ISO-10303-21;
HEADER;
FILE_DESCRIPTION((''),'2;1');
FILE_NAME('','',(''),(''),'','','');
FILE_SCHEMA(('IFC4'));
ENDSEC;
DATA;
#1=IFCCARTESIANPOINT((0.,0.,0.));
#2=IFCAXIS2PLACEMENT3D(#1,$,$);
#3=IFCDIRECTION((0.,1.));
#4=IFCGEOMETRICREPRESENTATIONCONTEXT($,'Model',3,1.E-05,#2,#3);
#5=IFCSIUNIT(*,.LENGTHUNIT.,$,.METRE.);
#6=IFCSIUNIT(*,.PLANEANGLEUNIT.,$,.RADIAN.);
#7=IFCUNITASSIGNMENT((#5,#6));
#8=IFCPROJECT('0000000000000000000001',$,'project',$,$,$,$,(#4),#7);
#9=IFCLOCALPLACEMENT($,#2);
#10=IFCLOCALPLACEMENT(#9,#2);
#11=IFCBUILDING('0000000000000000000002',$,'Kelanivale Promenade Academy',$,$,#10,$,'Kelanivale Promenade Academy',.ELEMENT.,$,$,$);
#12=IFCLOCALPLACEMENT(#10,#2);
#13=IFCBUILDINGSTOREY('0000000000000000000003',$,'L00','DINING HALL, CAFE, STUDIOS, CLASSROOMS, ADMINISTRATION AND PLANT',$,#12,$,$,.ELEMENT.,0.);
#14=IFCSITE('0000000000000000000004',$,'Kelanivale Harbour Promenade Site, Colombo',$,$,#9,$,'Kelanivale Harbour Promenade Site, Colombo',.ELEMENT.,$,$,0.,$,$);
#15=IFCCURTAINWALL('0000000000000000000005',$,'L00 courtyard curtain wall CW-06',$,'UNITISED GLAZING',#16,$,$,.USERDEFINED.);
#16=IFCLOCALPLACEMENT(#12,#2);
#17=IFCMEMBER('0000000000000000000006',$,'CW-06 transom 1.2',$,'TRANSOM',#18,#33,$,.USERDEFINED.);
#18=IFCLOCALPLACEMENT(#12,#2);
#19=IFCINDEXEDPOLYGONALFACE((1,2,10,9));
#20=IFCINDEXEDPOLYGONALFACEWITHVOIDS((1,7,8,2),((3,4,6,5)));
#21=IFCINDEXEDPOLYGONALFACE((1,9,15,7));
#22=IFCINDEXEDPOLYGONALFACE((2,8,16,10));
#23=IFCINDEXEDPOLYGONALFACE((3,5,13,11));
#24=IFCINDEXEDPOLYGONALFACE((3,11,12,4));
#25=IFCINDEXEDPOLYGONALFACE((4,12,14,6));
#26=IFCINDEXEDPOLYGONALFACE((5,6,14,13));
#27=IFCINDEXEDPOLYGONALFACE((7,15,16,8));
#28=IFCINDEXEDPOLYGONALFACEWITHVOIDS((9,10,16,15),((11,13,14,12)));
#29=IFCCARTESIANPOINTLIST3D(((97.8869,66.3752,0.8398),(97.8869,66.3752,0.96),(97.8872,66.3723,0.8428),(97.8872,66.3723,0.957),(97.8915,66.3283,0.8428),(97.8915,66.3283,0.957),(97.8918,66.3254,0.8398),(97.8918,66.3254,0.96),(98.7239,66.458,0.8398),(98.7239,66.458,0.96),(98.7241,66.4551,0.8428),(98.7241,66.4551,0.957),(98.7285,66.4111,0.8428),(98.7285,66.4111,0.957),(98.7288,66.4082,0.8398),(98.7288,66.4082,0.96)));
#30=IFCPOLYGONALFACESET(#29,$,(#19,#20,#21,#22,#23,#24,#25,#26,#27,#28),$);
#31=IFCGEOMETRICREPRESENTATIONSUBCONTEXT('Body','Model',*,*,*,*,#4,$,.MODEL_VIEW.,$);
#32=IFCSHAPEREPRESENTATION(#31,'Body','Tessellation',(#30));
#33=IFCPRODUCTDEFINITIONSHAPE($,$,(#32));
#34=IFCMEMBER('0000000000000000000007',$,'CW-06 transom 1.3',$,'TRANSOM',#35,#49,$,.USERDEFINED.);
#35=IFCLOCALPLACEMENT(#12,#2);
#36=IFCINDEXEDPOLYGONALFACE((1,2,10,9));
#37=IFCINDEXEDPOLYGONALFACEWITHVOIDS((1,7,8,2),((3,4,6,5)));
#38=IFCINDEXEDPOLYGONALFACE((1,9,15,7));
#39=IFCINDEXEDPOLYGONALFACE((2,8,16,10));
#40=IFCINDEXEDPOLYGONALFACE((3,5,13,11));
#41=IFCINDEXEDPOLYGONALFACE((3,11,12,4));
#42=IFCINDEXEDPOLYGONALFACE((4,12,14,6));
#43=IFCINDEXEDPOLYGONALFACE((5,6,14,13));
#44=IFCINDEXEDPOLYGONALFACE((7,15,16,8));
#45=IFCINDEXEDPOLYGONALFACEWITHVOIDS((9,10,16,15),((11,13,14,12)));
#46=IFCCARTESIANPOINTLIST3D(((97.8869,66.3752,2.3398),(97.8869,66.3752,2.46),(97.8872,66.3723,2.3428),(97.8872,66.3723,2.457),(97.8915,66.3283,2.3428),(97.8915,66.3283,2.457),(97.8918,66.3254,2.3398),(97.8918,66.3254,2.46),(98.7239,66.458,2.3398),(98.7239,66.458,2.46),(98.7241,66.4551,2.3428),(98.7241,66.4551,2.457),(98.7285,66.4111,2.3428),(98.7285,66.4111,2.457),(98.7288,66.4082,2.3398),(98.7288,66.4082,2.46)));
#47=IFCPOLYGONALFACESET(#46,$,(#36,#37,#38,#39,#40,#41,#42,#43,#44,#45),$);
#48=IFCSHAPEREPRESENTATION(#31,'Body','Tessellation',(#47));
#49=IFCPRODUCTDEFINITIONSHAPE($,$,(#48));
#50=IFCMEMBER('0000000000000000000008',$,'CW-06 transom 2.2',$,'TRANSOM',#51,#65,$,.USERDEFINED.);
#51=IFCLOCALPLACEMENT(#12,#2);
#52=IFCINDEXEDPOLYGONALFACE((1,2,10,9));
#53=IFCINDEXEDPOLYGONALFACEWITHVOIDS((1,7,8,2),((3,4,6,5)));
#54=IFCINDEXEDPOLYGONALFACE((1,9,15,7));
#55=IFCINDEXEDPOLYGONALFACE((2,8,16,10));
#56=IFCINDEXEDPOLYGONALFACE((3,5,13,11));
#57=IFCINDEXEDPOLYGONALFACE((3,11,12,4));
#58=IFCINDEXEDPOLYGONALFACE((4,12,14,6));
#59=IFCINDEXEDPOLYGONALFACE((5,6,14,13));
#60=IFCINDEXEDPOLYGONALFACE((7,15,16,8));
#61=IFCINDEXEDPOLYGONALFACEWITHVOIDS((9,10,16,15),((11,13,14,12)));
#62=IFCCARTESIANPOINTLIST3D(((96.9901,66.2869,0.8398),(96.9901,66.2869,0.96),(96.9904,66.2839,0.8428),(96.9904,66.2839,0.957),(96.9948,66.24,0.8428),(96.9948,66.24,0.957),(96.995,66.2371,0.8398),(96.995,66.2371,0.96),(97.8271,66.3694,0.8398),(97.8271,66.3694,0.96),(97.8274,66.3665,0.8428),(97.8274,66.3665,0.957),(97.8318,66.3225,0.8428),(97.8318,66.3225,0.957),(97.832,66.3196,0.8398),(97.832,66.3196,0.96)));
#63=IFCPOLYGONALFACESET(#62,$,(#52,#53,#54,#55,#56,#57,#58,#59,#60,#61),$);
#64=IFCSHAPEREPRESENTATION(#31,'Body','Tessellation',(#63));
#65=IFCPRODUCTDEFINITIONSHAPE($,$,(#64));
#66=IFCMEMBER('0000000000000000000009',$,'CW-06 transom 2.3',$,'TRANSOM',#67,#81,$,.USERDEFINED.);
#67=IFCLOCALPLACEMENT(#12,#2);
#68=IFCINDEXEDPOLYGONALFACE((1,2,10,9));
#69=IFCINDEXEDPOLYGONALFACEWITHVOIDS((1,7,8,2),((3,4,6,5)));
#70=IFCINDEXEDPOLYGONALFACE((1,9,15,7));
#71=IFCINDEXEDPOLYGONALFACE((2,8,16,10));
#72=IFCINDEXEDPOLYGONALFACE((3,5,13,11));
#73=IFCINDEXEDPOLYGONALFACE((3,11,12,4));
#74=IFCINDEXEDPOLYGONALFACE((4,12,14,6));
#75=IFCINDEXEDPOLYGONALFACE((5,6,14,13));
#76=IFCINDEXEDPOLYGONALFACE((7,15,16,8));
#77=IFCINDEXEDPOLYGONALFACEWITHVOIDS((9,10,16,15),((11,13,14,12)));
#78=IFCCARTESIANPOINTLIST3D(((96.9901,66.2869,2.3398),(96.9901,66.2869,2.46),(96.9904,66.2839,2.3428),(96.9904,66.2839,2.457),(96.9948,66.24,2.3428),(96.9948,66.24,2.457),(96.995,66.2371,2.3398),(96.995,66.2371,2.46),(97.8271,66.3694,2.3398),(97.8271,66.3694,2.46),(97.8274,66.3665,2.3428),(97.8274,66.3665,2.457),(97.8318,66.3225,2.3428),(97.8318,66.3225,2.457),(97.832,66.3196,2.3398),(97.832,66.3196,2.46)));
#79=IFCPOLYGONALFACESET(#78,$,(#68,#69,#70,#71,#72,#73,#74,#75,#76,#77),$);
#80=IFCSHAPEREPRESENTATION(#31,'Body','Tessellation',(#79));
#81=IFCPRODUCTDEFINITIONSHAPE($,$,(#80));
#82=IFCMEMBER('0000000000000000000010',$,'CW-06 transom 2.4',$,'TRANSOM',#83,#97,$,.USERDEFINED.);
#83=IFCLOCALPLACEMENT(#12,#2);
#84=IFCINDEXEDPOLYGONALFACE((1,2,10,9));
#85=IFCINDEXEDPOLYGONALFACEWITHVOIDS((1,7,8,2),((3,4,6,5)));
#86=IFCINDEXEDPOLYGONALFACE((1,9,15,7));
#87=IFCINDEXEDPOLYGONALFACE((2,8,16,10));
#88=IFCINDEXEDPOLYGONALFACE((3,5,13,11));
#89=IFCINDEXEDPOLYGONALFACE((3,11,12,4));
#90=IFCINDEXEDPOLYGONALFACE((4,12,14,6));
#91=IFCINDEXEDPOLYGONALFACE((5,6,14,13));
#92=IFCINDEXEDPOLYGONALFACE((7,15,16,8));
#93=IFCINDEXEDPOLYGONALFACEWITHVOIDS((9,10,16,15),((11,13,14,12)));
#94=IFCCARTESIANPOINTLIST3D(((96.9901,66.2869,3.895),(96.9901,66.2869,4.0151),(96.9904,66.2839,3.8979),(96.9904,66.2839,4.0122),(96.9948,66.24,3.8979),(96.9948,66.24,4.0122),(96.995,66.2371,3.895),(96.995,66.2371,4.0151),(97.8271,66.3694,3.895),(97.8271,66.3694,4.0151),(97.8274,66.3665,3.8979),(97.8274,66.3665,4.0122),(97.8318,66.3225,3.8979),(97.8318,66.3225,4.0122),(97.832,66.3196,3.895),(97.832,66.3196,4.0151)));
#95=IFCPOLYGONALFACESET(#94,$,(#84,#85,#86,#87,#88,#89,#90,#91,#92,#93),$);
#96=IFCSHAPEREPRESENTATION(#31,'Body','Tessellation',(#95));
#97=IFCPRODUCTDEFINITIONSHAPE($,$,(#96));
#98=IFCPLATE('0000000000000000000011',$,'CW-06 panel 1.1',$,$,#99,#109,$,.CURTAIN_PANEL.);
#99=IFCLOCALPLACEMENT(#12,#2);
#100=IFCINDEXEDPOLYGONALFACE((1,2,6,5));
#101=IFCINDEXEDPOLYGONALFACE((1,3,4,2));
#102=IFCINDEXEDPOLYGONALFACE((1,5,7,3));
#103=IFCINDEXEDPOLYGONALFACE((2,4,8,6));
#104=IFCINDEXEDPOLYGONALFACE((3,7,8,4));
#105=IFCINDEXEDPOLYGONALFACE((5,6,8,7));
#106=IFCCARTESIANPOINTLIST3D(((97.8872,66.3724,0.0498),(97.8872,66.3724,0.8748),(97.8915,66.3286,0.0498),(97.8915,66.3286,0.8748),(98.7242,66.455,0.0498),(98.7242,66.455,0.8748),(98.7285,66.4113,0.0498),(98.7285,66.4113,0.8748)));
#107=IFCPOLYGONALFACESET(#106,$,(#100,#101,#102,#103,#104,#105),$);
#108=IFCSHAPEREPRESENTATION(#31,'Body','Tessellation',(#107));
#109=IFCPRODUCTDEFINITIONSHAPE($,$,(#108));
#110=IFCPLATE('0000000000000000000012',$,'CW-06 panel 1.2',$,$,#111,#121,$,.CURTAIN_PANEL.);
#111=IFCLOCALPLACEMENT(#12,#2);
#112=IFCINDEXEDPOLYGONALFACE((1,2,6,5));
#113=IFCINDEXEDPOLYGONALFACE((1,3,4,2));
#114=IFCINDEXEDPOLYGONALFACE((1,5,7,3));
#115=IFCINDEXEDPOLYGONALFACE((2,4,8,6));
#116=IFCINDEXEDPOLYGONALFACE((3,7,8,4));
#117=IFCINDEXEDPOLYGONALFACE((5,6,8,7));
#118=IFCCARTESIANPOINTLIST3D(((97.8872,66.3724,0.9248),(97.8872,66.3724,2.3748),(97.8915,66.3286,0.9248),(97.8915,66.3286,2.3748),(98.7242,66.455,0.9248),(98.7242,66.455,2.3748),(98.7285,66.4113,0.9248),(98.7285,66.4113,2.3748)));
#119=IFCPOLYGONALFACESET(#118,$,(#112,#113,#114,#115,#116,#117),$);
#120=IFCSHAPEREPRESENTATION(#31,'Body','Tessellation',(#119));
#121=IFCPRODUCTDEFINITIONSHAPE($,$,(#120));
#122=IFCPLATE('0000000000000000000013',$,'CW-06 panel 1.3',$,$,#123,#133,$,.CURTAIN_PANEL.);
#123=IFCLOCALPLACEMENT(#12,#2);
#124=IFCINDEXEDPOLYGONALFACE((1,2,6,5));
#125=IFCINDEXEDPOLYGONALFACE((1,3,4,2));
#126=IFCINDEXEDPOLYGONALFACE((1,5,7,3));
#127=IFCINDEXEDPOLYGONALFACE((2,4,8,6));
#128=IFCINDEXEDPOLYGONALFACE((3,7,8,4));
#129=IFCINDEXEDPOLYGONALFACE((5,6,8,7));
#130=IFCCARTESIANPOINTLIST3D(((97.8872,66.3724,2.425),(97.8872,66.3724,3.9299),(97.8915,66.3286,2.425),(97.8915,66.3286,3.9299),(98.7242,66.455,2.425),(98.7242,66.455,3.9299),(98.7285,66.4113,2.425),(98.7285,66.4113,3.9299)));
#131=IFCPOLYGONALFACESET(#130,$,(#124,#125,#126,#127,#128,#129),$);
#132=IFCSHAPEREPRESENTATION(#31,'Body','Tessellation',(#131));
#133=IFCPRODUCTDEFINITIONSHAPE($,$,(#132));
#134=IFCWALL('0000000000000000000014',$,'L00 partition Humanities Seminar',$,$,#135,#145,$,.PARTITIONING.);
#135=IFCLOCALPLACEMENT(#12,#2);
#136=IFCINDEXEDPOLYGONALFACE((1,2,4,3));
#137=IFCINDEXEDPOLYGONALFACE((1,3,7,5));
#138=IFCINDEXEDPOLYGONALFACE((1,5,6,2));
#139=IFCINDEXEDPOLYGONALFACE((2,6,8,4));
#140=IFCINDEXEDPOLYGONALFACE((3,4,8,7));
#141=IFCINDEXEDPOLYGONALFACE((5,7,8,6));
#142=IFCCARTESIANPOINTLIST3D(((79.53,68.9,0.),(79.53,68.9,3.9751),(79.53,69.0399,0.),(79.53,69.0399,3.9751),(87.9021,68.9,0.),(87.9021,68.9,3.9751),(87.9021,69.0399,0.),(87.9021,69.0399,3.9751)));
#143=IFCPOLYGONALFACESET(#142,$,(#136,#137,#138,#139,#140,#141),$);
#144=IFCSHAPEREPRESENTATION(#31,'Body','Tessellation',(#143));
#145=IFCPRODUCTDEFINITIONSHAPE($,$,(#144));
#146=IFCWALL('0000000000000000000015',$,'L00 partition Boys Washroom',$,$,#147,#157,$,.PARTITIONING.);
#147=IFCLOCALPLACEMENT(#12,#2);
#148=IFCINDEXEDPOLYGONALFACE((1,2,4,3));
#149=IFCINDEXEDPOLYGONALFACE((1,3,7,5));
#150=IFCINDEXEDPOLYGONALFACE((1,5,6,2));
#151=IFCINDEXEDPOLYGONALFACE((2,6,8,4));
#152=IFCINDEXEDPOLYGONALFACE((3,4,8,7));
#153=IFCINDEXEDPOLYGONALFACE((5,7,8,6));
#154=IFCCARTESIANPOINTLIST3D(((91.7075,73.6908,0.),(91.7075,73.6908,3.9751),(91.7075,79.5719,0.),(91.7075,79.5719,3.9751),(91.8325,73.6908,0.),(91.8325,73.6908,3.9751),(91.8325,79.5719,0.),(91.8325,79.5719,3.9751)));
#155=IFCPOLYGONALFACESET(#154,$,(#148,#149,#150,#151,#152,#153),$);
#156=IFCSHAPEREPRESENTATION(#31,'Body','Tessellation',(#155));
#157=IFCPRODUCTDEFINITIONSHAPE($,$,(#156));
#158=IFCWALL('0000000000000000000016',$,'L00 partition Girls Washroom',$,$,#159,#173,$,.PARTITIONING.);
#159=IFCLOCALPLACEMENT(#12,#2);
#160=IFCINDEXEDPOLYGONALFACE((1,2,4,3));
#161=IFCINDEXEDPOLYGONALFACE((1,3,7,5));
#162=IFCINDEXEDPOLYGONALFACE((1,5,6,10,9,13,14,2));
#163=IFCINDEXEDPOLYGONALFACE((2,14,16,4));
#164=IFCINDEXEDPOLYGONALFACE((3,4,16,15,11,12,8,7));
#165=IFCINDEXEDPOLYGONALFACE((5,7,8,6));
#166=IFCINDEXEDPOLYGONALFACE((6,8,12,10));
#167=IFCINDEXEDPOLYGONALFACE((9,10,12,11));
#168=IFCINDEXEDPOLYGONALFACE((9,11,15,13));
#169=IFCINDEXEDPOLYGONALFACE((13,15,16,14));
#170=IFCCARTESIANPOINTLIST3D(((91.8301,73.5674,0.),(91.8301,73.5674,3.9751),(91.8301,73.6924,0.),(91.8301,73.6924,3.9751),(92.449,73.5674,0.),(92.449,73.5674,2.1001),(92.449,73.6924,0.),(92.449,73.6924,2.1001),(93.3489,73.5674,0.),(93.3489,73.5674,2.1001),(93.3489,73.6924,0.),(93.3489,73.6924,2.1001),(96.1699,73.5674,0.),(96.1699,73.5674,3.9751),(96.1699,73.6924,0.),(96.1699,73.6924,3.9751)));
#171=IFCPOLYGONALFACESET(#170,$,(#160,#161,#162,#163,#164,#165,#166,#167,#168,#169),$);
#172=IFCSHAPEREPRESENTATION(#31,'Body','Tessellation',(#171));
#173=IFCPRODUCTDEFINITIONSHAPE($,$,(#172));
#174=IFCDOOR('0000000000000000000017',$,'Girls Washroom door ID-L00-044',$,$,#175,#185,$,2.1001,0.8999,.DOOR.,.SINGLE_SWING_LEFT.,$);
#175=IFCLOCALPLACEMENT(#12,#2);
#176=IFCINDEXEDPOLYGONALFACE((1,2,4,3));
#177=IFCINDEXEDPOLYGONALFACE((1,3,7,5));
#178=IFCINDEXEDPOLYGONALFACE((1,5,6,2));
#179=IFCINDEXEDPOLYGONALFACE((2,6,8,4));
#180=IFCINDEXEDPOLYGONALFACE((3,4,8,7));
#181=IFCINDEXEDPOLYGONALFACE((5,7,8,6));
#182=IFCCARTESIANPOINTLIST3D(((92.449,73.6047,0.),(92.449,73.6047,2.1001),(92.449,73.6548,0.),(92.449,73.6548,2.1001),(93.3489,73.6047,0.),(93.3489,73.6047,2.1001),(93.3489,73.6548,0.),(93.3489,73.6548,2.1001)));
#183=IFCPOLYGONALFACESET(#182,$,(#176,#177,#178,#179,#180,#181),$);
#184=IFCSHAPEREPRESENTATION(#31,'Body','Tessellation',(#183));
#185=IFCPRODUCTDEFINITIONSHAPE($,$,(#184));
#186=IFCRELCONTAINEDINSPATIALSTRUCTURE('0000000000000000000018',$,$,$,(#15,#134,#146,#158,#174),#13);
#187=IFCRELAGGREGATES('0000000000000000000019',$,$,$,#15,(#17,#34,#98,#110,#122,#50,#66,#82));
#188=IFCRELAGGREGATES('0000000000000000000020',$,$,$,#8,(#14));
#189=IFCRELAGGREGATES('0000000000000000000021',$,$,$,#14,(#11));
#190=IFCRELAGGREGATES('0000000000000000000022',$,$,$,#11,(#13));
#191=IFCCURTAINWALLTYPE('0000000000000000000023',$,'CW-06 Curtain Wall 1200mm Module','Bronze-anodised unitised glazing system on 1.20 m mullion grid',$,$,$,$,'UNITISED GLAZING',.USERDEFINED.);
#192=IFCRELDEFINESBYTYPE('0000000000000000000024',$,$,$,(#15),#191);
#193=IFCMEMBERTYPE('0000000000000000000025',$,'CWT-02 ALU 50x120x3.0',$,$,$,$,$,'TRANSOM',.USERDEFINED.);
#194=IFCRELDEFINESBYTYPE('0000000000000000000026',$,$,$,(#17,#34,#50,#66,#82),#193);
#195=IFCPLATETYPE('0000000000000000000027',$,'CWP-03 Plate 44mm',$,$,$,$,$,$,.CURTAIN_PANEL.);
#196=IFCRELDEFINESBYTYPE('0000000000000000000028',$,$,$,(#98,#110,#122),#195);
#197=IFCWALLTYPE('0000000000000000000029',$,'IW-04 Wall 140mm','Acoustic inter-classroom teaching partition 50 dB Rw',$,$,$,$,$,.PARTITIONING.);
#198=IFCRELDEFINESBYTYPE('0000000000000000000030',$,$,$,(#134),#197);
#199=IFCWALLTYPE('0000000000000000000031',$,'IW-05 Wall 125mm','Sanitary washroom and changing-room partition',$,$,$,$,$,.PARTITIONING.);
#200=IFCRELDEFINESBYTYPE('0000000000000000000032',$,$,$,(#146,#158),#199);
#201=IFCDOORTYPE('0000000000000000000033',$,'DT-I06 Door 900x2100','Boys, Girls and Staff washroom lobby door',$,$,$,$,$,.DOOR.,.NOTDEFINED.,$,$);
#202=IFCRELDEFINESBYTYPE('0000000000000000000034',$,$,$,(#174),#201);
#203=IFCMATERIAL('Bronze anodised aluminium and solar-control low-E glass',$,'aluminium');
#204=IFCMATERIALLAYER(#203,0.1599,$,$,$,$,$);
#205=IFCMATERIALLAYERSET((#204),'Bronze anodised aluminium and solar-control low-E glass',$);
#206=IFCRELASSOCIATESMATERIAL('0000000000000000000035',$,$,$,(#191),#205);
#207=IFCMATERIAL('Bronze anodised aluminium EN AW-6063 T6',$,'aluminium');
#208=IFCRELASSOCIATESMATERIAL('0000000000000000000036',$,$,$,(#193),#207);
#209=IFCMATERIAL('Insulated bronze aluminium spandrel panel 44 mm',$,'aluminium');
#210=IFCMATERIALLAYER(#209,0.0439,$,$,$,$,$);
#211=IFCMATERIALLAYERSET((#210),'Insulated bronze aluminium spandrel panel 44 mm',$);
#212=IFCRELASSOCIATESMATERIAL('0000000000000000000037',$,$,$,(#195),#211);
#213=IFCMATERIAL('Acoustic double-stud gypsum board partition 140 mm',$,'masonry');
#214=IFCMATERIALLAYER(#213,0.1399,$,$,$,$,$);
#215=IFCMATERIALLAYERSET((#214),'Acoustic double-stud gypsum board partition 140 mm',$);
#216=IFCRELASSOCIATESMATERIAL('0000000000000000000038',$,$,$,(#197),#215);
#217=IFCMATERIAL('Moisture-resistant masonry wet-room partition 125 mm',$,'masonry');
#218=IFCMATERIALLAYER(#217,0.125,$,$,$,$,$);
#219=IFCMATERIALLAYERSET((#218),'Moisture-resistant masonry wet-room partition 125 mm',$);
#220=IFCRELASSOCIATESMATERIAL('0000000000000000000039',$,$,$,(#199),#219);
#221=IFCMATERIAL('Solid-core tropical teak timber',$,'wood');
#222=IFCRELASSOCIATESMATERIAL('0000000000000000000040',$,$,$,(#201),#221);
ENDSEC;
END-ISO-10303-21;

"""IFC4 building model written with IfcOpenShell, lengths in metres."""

from ifc_helpers import new_model, si_unit, direction, frame, frame_2d, origin, origin_2d, place, context, subcontext, project, spatial, rectangle, hollow_rectangle, extrude, material, layer, layer_set, material_profile, profile_set, type_object, element, fill, aggregate, save


model = new_model("IFC4")

# Units and contexts
model_context = context("Model", 3, precision=1e-05, world=origin(), true_north=direction((0.0, 1.0)))
body_context = subcontext(model_context, "Body", "Model", "MODEL_VIEW")
ifc_project = project(units=[si_unit("LENGTHUNIT", "METRE"), si_unit("PLANEANGLEUNIT", "RADIAN")], contexts=[model_context])

# Site, building, storey
site_placement = place(None, origin())
site = spatial("IfcSite", under=ifc_project, at=site_placement, Name="Kelanivale Harbour Promenade Site, Colombo", LongName="Kelanivale Harbour Promenade Site, Colombo", CompositionType="ELEMENT", RefElevation=0.0)
building_placement = place(site_placement, origin())
building = spatial("IfcBuilding", under=site, at=building_placement, Name="Kelanivale Promenade Academy", LongName="Kelanivale Promenade Academy", CompositionType="ELEMENT")
storey_placement = place(building_placement, origin())
storey = spatial("IfcBuildingStorey", under=building, at=storey_placement, Name="L00", Description="DINING HALL, CAFE, STUDIOS, CLASSROOMS, ADMINISTRATION AND PLANT", CompositionType="ELEMENT", Elevation=0.0)

# Curtain wall, members, plates
ifc_material_1 = material(Name="Bronze anodised aluminium and solar-control low-E glass", Category="aluminium")
ifc_layer_1 = layer(ifc_material_1, 0.1599)
ifc_layer_set_1 = layer_set([ifc_layer_1], Name="Bronze anodised aluminium and solar-control low-E glass")
curtain_wall_type = type_object("IfcCurtainWallType", Name="CW-06 Curtain Wall 1200mm Module", Description="Bronze-anodised unitised glazing system on 1.20 m mullion grid", ElementType="UNITISED GLAZING", PredefinedType="USERDEFINED", material=ifc_layer_set_1)
curtain_wall_placement = place(storey_placement, origin())
curtain_wall = element("IfcCurtainWall", 1, at=curtain_wall_placement, inside=storey, type_object=curtain_wall_type, Name="L00 courtyard curtain wall CW-06", ObjectType="UNITISED GLAZING", PredefinedType="USERDEFINED")
ifc_material_2 = material(Name="Bronze anodised aluminium EN AW-6063 T6", Category="aluminium")
ifc_material_profile_1 = material_profile(ifc_material_2, hollow_rectangle(XDim=0.05, YDim=0.1201, WallThickness=0.0029, at=origin_2d()), Name="ALU 50x120x3.0")
ifc_profile_set_1 = profile_set([ifc_material_profile_1], Name="Bronze anodised aluminium EN AW-6063 T6")
member_type_1 = type_object("IfcMemberType", Name="CWT-02 ALU 50x120x3.0", ElementType="TRANSOM", PredefinedType="USERDEFINED", material=ifc_profile_set_1)
member_1_placement = place(storey_placement, frame((98.7263, 66.4331, 0.8999), z_axis=(-0.995146, -0.098411, 0.0), x_axis=(0.098411, -0.995146, 0.0)))
member_1 = element("IfcMember", 2, at=member_1_placement, type_object=member_type_1, Name="CW-06 transom 1.2", ObjectType="TRANSOM", PredefinedType="USERDEFINED", context=body_context, shape_type="SweptSolid", body=[
    extrude(hollow_rectangle(XDim=0.05, YDim=0.1201, WallThickness=0.0029, at=origin_2d()), origin(), (0.0, 0.0, 1.0), 0.8411),
])
member_2_placement = place(storey_placement, frame((98.7263, 66.4331, 2.3999), z_axis=(-0.995146, -0.098411, 0.0), x_axis=(0.098411, -0.995146, 0.0)))
member_2 = element("IfcMember", 3, at=member_2_placement, type_object=member_type_1, Name="CW-06 transom 1.3", ObjectType="TRANSOM", PredefinedType="USERDEFINED", context=body_context, shape_type="SweptSolid", body=[
    extrude(hollow_rectangle(XDim=0.05, YDim=0.1201, WallThickness=0.0029, at=origin_2d()), origin(), (0.0, 0.0, 1.0), 0.8411),
])
member_3_placement = place(storey_placement, frame((97.8296, 66.3445, 0.8999), z_axis=(-0.995174, -0.098124, 0.0), x_axis=(0.098124, -0.995174, 0.0)))
member_3 = element("IfcMember", 4, at=member_3_placement, type_object=member_type_1, Name="CW-06 transom 2.2", ObjectType="TRANSOM", PredefinedType="USERDEFINED", context=body_context, shape_type="SweptSolid", body=[
    extrude(hollow_rectangle(XDim=0.05, YDim=0.1201, WallThickness=0.0029, at=origin_2d()), origin(), (0.0, 0.0, 1.0), 0.8411),
])
member_4_placement = place(storey_placement, frame((97.8296, 66.3445, 2.3999), z_axis=(-0.995174, -0.098124, 0.0), x_axis=(0.098124, -0.995174, 0.0)))
member_4 = element("IfcMember", 5, at=member_4_placement, type_object=member_type_1, Name="CW-06 transom 2.3", ObjectType="TRANSOM", PredefinedType="USERDEFINED", context=body_context, shape_type="SweptSolid", body=[
    extrude(hollow_rectangle(XDim=0.05, YDim=0.1201, WallThickness=0.0029, at=origin_2d()), origin(), (0.0, 0.0, 1.0), 0.8411),
])
member_5_placement = place(storey_placement, frame((97.8296, 66.3445, 3.9551), z_axis=(-0.995174, -0.098124, 0.0), x_axis=(0.098124, -0.995174, 0.0)))
member_5 = element("IfcMember", 6, at=member_5_placement, type_object=member_type_1, Name="CW-06 transom 2.4", ObjectType="TRANSOM", PredefinedType="USERDEFINED", context=body_context, shape_type="SweptSolid", body=[
    extrude(hollow_rectangle(XDim=0.05, YDim=0.1201, WallThickness=0.0029, at=origin_2d()), origin(), (0.0, 0.0, 1.0), 0.8411),
])
ifc_material_3 = material(Name="Insulated bronze aluminium spandrel panel 44 mm", Category="aluminium")
ifc_layer_2 = layer(ifc_material_3, 0.0439)
ifc_layer_set_2 = layer_set([ifc_layer_2], Name="Insulated bronze aluminium spandrel panel 44 mm")
plate_type = type_object("IfcPlateType", Name="CWP-03 Plate 44mm", PredefinedType="CURTAIN_PANEL", material=ifc_layer_set_2)
plate_1_placement = place(storey_placement, frame((98.3079, 66.3918, 0.0498), z_axis=(0.0, 0.0, 1.0), x_axis=(-0.995159, -0.098281, 0.0)))
plate_1 = element("IfcPlate", 7, at=plate_1_placement, type_object=plate_type, Name="CW-06 panel 1.1", PredefinedType="CURTAIN_PANEL", context=body_context, shape_type="SweptSolid", body=[
    extrude(rectangle(XDim=0.8411, YDim=0.0439, at=origin_2d()), origin(), (0.0, 0.0, 1.0), 0.825),
])
plate_2_placement = place(storey_placement, frame((98.3079, 66.3918, 0.9248), z_axis=(0.0, 0.0, 1.0), x_axis=(-0.995159, -0.098281, 0.0)))
plate_2 = element("IfcPlate", 8, at=plate_2_placement, type_object=plate_type, Name="CW-06 panel 1.2", PredefinedType="CURTAIN_PANEL", context=body_context, shape_type="SweptSolid", body=[
    extrude(rectangle(XDim=0.8411, YDim=0.0439, at=origin_2d()), origin(), (0.0, 0.0, 1.0), 1.45),
])
plate_3_placement = place(storey_placement, frame((98.3079, 66.3918, 2.425), z_axis=(0.0, 0.0, 1.0), x_axis=(-0.995159, -0.098281, 0.0)))
plate_3 = element("IfcPlate", 9, at=plate_3_placement, type_object=plate_type, Name="CW-06 panel 1.3", PredefinedType="CURTAIN_PANEL", context=body_context, shape_type="SweptSolid", body=[
    extrude(rectangle(XDim=0.8411, YDim=0.0439, at=origin_2d()), origin(), (0.0, 0.0, 1.0), 1.5049),
])
aggregate(curtain_wall, [member_1, member_2, plate_1, plate_2, plate_3, member_3, member_4, member_5])

# Walls
ifc_material_4 = material(Name="Acoustic double-stud gypsum board partition 140 mm", Category="masonry")
ifc_layer_3 = layer(ifc_material_4, 0.1399)
ifc_layer_set_3 = layer_set([ifc_layer_3], Name="Acoustic double-stud gypsum board partition 140 mm")
wall_type_1 = type_object("IfcWallType", Name="IW-04 Wall 140mm", Description="Acoustic inter-classroom teaching partition 50 dB Rw", PredefinedType="PARTITIONING", material=ifc_layer_set_3)
wall_1_placement = place(storey_placement, frame((87.9021, 68.97, 0.0), z_axis=(0.0, 0.0, 1.0), x_axis=(-1.0, 0.0, 0.0)))
element("IfcWall", 10, at=wall_1_placement, inside=storey, type_object=wall_type_1, Name="L00 partition Humanities Seminar", PredefinedType="PARTITIONING", context=body_context, shape_type="SweptSolid", body=[
    extrude(rectangle(XDim=8.3721, YDim=0.1399, at=frame_2d((4.186, 0.0))), origin(), (0.0, 0.0, 1.0), 3.9751),
])
ifc_material_5 = material(Name="Moisture-resistant masonry wet-room partition 125 mm", Category="masonry")
ifc_layer_4 = layer(ifc_material_5, 0.125)
ifc_layer_set_4 = layer_set([ifc_layer_4], Name="Moisture-resistant masonry wet-room partition 125 mm")
wall_type_2 = type_object("IfcWallType", Name="IW-05 Wall 125mm", Description="Sanitary washroom and changing-room partition", PredefinedType="PARTITIONING", material=ifc_layer_set_4)
wall_2_placement = place(storey_placement, frame((91.77, 73.6909, 0.0), z_axis=(0.0, 0.0, 1.0), x_axis=(0.0, 1.0, 0.0)))
element("IfcWall", 11, at=wall_2_placement, inside=storey, type_object=wall_type_2, Name="L00 partition Boys Washroom", PredefinedType="PARTITIONING", context=body_context, shape_type="SweptSolid", body=[
    extrude(rectangle(XDim=5.8811, YDim=0.125, at=frame_2d((2.9404, 0.0))), origin(), (0.0, 0.0, 1.0), 3.9751),
])

# Wall, opening, door
wall_3_placement = place(storey_placement, frame((91.8301, 73.6299, 0.0), z_axis=(0.0, 0.0, 1.0), x_axis=(1.0, 0.0, 0.0)))
wall_3 = element("IfcWall", 12, at=wall_3_placement, inside=storey, type_object=wall_type_2, Name="L00 partition Girls Washroom", PredefinedType="PARTITIONING", context=body_context, shape_type="SweptSolid", body=[
    extrude(rectangle(XDim=4.3398, YDim=0.125, at=frame_2d((2.1699, 0.0))), origin(), (0.0, 0.0, 1.0), 3.9751),
])
opening_1_placement = place(wall_3_placement, frame((0.6189, 0.0, 0.0)))
opening_1 = element("IfcOpeningElement", 13, at=opening_1_placement, cuts=wall_3, PredefinedType="OPENING", context=body_context, shape_type="SweptSolid", body=[
    extrude(rectangle(XDim=0.8999, YDim=2.1001, at=frame_2d((0.45, 1.05))), frame((0.0, 0.0725, 0.0), z_axis=(0.0, -1.0, 0.0), x_axis=(1.0, 0.0, 0.0)), (0.0, 0.0, 1.0), 0.145),
])
ifc_material_6 = material(Name="Solid-core tropical teak timber", Category="wood")
door_type = type_object("IfcDoorType", Name="DT-I06 Door 900x2100", Description="Boys, Girls and Staff washroom lobby door", OperationType="NOTDEFINED", PredefinedType="DOOR", material=ifc_material_6)
door_1_placement = place(opening_1_placement, origin())
door_1 = element("IfcDoor", 14, at=door_1_placement, inside=storey, type_object=door_type, Name="Girls Washroom door ID-L00-044", OperationType="SINGLE_SWING_LEFT", OverallHeight=2.1001, OverallWidth=0.8999, PredefinedType="DOOR", context=body_context, shape_type="SweptSolid", body=[
    extrude(rectangle(XDim=0.8999, YDim=2.1001, at=frame_2d((0.45, 1.05))), frame((0.0, 0.0249, 0.0), z_axis=(0.0, -1.0, 0.0), x_axis=(1.0, 0.0, 0.0)), (0.0, 0.0, 1.0), 0.05),
])
fill(opening_1, door_1)

save(model, "model.ifc")
